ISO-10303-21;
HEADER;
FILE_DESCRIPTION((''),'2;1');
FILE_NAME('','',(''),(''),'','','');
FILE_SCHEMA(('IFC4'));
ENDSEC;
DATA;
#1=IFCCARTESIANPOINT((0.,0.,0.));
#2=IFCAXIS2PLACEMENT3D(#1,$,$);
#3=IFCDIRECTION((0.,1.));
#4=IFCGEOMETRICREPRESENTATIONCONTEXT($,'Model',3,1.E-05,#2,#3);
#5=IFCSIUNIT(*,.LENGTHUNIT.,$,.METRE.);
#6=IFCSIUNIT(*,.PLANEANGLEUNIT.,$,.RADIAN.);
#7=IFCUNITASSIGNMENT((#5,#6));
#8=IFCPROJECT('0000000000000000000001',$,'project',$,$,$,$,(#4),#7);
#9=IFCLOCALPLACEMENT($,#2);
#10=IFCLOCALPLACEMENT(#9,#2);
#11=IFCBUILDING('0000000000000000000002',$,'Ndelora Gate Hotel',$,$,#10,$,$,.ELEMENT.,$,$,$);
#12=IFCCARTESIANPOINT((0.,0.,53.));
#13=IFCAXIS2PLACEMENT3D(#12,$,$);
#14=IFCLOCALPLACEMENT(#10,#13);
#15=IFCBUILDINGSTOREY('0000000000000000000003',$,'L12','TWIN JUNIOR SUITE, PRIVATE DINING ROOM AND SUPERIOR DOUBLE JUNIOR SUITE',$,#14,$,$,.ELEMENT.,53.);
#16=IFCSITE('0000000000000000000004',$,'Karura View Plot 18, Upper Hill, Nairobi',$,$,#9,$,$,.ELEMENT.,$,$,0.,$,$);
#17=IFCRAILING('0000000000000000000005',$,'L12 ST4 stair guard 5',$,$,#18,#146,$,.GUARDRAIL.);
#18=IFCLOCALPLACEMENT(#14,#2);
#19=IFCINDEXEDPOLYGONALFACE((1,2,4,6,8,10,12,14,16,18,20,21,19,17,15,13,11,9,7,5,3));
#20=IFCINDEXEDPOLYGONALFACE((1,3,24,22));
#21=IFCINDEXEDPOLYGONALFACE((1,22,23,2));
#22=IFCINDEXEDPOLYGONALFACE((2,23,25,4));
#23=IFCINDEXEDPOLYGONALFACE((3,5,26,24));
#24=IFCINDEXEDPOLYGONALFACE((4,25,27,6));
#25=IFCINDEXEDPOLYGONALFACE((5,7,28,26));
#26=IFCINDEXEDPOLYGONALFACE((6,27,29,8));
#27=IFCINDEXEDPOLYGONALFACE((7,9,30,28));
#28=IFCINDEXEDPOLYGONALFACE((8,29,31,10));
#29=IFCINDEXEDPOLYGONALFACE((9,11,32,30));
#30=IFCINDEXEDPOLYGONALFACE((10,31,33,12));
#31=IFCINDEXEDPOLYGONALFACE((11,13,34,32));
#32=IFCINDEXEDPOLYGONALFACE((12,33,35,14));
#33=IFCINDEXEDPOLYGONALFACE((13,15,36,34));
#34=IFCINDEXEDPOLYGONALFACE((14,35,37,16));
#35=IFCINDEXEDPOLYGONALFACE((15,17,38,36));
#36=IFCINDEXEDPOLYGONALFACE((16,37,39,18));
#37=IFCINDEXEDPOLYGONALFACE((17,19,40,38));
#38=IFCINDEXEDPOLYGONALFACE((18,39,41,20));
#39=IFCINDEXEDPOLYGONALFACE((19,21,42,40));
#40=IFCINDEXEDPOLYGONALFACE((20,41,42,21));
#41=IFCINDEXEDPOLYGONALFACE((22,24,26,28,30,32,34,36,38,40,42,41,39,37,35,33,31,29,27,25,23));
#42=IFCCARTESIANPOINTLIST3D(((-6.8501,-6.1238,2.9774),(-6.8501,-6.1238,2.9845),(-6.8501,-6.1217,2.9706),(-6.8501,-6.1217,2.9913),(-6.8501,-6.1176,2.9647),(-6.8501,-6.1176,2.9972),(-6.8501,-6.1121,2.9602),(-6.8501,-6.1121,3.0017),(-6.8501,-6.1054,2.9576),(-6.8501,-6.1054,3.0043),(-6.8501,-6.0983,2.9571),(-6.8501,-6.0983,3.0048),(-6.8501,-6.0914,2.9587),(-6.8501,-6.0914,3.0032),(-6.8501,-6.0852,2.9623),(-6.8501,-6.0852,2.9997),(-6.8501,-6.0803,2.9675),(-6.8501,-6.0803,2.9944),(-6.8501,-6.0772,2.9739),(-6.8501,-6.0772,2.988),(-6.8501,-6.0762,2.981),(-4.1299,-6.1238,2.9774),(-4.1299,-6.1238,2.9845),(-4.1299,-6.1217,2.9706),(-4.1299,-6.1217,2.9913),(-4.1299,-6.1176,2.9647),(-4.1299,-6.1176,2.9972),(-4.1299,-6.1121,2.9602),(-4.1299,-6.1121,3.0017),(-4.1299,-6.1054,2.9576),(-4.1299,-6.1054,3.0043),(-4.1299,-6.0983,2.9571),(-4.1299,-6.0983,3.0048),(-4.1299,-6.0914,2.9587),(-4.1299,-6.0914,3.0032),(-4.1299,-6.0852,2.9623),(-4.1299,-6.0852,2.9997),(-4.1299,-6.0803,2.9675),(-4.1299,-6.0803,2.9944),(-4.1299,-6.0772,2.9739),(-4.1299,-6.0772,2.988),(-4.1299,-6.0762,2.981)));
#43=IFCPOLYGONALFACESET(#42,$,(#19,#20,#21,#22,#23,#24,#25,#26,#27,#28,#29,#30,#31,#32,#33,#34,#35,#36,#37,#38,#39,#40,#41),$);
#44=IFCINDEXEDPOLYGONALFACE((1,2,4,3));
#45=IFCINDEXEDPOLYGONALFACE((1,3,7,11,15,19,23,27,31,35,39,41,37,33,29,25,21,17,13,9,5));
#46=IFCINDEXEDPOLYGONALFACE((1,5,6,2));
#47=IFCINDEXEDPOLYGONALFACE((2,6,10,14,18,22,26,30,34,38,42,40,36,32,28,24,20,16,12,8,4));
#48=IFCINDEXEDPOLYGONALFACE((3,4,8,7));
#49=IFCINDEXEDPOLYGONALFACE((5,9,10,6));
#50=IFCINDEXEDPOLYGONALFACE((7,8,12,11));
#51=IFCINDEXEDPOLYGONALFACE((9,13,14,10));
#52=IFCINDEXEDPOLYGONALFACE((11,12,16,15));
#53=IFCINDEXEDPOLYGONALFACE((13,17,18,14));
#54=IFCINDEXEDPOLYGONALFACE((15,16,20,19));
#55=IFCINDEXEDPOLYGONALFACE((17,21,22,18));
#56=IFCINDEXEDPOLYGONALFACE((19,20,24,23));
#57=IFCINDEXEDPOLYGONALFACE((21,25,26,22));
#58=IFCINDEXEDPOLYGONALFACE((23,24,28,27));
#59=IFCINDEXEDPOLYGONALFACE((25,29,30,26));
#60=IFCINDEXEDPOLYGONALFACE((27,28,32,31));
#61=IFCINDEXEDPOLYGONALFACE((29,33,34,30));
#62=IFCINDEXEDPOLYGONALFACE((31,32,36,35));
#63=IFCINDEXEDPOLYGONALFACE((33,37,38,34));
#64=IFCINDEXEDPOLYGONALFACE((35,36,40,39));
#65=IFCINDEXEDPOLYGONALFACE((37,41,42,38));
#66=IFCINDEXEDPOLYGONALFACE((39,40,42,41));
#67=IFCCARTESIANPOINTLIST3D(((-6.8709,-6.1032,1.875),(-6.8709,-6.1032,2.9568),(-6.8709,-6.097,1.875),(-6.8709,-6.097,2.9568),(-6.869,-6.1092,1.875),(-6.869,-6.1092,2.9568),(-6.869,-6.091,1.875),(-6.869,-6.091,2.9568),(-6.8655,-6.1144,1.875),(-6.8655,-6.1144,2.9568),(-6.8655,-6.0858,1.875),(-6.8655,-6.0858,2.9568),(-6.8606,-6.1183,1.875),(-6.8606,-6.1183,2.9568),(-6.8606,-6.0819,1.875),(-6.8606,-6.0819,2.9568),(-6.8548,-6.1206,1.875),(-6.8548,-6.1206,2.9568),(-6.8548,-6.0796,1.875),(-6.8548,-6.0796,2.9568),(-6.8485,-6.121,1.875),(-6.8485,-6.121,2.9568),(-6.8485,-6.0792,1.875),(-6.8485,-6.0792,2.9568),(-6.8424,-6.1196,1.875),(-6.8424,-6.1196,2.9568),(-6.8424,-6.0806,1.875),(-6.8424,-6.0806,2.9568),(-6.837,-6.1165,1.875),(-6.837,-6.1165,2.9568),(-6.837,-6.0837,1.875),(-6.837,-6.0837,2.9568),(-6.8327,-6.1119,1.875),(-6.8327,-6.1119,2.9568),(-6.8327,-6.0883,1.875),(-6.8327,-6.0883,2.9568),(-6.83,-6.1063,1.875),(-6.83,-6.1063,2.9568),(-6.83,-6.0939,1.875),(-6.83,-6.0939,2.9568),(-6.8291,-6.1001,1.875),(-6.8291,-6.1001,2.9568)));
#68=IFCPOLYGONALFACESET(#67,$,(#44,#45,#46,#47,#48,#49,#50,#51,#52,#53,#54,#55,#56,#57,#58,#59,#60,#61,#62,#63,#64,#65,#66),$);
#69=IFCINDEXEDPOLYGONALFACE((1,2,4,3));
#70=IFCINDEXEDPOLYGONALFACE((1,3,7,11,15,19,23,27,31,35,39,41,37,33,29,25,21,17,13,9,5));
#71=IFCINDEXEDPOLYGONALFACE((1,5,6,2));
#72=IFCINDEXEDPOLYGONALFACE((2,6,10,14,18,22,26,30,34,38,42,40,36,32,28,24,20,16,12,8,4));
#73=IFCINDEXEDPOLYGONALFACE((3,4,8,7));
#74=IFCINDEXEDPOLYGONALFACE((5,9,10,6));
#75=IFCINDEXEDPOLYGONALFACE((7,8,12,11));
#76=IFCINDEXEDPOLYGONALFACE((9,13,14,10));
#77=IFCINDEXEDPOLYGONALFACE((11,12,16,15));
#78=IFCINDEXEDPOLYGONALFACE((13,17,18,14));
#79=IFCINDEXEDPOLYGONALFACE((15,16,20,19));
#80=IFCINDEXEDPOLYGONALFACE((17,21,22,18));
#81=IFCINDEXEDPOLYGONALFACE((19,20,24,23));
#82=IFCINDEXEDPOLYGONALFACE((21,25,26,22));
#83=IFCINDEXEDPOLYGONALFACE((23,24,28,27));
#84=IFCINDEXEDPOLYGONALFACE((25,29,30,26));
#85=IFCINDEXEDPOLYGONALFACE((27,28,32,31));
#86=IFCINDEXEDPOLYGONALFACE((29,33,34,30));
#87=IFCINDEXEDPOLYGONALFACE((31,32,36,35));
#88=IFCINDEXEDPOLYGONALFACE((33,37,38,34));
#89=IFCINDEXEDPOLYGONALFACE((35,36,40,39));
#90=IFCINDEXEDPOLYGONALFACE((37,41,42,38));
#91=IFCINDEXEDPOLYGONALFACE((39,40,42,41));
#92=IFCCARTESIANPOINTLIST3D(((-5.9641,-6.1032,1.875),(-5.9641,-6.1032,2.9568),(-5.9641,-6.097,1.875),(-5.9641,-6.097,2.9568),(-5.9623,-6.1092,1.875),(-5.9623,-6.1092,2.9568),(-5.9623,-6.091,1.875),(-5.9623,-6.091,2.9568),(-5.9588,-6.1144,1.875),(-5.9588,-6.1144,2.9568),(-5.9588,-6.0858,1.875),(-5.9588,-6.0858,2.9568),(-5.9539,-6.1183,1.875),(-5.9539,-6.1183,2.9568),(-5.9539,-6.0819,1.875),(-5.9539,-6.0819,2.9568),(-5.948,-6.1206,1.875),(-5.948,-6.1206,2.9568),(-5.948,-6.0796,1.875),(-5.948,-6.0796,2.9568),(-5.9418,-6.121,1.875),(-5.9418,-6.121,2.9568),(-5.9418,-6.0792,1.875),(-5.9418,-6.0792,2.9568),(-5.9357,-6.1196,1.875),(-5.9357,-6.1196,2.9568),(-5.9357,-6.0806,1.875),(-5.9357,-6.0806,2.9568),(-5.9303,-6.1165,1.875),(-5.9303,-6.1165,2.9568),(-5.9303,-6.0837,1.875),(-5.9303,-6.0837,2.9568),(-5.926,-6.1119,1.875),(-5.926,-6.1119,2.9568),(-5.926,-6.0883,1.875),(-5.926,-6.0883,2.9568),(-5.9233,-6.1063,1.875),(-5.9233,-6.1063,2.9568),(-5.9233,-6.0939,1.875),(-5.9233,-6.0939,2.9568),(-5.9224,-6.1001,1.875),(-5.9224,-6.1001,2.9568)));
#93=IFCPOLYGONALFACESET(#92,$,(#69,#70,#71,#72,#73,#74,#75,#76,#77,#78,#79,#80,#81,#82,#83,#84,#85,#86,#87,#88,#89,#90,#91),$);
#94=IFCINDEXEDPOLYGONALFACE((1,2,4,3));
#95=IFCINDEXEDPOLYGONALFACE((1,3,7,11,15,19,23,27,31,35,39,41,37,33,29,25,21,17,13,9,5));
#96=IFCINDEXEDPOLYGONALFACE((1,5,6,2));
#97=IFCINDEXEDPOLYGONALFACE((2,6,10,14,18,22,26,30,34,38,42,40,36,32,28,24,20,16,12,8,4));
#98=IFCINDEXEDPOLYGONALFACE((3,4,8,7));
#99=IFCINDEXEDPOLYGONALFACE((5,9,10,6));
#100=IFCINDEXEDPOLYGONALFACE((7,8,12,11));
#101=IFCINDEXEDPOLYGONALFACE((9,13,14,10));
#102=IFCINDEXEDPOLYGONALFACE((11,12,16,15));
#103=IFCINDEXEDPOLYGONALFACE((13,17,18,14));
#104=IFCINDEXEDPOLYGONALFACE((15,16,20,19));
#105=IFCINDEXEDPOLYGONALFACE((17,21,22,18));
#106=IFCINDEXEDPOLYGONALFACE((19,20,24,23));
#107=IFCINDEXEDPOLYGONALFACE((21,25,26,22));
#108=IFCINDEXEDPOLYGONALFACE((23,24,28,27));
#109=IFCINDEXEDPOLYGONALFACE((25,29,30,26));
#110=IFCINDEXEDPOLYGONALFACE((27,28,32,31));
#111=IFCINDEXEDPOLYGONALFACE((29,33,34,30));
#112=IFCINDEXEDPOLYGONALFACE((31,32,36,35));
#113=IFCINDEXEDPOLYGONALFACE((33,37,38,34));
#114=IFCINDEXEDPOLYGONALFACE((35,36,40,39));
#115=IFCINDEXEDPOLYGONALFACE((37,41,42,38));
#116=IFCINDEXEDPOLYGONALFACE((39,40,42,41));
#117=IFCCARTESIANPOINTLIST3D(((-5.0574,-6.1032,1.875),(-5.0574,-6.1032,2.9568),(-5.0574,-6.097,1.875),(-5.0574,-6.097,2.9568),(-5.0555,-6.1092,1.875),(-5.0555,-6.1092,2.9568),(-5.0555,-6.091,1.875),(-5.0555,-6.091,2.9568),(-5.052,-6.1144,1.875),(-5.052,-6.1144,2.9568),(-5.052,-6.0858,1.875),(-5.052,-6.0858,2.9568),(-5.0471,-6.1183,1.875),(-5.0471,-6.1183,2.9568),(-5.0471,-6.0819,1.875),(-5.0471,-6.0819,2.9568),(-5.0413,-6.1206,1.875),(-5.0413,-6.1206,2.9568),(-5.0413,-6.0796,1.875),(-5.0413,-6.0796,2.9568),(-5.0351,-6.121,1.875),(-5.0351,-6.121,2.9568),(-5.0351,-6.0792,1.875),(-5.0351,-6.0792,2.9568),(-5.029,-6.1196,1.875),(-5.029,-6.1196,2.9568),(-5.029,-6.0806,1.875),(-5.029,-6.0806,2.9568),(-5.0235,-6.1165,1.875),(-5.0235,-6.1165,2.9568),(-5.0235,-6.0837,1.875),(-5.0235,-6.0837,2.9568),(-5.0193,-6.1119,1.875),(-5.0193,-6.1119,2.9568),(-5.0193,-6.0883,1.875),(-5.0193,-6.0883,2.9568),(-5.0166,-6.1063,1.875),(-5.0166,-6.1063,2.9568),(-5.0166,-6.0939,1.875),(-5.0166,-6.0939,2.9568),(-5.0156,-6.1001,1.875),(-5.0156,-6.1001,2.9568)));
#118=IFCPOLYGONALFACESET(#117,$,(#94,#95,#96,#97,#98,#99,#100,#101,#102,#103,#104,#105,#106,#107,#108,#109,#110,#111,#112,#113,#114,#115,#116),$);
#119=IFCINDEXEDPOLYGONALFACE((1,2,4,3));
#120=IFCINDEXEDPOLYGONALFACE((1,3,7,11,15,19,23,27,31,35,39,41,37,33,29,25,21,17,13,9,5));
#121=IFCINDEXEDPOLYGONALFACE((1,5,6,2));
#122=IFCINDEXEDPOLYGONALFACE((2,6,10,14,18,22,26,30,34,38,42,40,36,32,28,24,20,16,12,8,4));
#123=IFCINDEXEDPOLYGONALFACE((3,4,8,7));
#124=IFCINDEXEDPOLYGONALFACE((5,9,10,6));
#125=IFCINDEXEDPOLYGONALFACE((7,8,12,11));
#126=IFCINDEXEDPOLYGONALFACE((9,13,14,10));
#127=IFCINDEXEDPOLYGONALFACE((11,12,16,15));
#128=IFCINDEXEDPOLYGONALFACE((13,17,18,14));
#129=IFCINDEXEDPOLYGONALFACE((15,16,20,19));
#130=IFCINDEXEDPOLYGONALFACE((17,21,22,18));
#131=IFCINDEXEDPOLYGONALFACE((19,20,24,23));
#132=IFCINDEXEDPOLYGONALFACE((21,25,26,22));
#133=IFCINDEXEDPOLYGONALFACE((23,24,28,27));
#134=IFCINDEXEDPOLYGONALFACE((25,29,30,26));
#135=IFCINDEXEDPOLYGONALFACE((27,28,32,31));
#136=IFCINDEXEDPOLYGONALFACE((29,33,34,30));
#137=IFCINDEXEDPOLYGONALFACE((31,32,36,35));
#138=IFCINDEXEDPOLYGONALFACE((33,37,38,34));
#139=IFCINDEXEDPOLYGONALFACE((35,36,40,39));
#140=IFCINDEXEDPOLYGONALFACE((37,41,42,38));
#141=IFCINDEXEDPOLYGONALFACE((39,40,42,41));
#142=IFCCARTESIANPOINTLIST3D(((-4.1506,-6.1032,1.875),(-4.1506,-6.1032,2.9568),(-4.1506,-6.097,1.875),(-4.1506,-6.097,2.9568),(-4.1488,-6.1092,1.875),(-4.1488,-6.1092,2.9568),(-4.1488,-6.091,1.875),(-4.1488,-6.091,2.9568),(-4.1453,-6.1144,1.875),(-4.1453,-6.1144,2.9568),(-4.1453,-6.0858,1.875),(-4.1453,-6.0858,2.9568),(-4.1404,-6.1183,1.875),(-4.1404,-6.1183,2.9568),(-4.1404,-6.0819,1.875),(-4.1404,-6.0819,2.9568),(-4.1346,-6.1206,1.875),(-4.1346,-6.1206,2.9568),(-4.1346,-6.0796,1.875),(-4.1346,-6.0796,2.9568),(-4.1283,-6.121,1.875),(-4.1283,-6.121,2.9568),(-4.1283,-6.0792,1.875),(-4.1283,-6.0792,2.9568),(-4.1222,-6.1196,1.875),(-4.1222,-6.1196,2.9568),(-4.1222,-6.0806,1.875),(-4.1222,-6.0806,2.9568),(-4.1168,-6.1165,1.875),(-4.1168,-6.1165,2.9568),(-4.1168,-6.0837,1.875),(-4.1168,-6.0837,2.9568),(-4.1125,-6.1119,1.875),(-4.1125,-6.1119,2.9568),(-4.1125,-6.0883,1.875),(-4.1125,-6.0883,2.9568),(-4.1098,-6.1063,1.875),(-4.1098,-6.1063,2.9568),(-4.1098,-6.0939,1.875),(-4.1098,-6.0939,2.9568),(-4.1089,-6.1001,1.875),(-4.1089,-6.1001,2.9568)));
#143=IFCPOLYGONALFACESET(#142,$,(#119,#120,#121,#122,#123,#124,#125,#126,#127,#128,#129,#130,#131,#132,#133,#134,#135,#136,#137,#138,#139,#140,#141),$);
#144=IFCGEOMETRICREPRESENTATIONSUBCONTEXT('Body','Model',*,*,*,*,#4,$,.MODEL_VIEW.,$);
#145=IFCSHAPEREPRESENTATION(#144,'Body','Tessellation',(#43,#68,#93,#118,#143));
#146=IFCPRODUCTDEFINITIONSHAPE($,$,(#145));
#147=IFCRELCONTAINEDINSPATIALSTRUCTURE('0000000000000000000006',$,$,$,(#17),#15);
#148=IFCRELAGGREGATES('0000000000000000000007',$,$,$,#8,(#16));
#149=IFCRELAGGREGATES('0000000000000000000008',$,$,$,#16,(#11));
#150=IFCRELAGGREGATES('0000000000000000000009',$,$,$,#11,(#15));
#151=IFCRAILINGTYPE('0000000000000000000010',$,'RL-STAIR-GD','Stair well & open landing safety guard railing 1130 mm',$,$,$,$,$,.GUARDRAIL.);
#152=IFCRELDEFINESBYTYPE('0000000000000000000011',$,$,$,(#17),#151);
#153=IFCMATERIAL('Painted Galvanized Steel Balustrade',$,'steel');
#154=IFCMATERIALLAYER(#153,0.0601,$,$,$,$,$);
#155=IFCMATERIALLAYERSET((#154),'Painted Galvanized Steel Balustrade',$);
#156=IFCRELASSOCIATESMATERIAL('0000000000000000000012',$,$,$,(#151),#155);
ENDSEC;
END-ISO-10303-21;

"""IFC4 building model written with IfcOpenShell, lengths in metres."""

from ifc_helpers import new_model, si_unit, direction, frame, origin, origin_2d, place, context, subcontext, project, spatial, circle, extrude, material, layer, layer_set, type_object, element, save


model = new_model("IFC4")

# Units and contexts
model_context = context("Model", 3, precision=1e-05, world=origin(), true_north=direction((0.0, 1.0)))
body_context = subcontext(model_context, "Body", "Model", "MODEL_VIEW")
ifc_project = project(units=[si_unit("LENGTHUNIT", "METRE"), si_unit("PLANEANGLEUNIT", "RADIAN")], contexts=[model_context])

# Site, building, storey
site_placement = place(None, origin())
site = spatial("IfcSite", under=ifc_project, at=site_placement, Name="Karura View Plot 18, Upper Hill, Nairobi", CompositionType="ELEMENT", RefElevation=0.0)
building_placement = place(site_placement, origin())
building = spatial("IfcBuilding", under=site, at=building_placement, Name="Ndelora Gate Hotel", CompositionType="ELEMENT")
storey_placement = place(building_placement, frame((0.0, 0.0, 53.0)))
storey = spatial("IfcBuildingStorey", under=building, at=storey_placement, Name="L12", Description="TWIN JUNIOR SUITE, PRIVATE DINING ROOM AND SUPERIOR DOUBLE JUNIOR SUITE", CompositionType="ELEMENT", Elevation=53.0)

# Railing
ifc_material_1 = material(Name="Painted Galvanized Steel Balustrade", Category="steel")
ifc_layer_1 = layer(ifc_material_1, 0.0601)
ifc_layer_set_1 = layer_set([ifc_layer_1], Name="Painted Galvanized Steel Balustrade")
railing_type_1 = type_object("IfcRailingType", Name="RL-STAIR-GD", Description="Stair well & open landing safety guard railing 1130 mm", PredefinedType="GUARDRAIL", material=ifc_layer_set_1)
railing_1_placement = place(storey_placement, frame((-6.8501, -6.1001, 1.875)))
element("IfcRailing", 1, at=railing_1_placement, inside=storey, type_object=railing_type_1, Name="L12 ST4 stair guard 5", PredefinedType="GUARDRAIL", context=body_context, shape_type="SweptSolid", body=[
    extrude(circle(Radius=0.0239, at=origin_2d()), frame((0.0, 0.0, 1.106), z_axis=(1.0, 0.0, 0.0), x_axis=(0.0, 1.0, 0.0)), (0.0, 0.0, 1.0), 2.7202),
    extrude(circle(Radius=0.021, at=origin_2d()), origin(), (0.0, 0.0, 1.0), 1.0818),
    extrude(circle(Radius=0.021, at=origin_2d()), frame((0.9067, 0.0, 0.0)), (0.0, 0.0, 1.0), 1.0818),
    extrude(circle(Radius=0.021, at=origin_2d()), frame((1.8135, 0.0, 0.0)), (0.0, 0.0, 1.0), 1.0818),
    extrude(circle(Radius=0.021, at=origin_2d()), frame((2.7202, 0.0, 0.0)), (0.0, 0.0, 1.0), 1.0818),
])

save(model, "model.ifc")
